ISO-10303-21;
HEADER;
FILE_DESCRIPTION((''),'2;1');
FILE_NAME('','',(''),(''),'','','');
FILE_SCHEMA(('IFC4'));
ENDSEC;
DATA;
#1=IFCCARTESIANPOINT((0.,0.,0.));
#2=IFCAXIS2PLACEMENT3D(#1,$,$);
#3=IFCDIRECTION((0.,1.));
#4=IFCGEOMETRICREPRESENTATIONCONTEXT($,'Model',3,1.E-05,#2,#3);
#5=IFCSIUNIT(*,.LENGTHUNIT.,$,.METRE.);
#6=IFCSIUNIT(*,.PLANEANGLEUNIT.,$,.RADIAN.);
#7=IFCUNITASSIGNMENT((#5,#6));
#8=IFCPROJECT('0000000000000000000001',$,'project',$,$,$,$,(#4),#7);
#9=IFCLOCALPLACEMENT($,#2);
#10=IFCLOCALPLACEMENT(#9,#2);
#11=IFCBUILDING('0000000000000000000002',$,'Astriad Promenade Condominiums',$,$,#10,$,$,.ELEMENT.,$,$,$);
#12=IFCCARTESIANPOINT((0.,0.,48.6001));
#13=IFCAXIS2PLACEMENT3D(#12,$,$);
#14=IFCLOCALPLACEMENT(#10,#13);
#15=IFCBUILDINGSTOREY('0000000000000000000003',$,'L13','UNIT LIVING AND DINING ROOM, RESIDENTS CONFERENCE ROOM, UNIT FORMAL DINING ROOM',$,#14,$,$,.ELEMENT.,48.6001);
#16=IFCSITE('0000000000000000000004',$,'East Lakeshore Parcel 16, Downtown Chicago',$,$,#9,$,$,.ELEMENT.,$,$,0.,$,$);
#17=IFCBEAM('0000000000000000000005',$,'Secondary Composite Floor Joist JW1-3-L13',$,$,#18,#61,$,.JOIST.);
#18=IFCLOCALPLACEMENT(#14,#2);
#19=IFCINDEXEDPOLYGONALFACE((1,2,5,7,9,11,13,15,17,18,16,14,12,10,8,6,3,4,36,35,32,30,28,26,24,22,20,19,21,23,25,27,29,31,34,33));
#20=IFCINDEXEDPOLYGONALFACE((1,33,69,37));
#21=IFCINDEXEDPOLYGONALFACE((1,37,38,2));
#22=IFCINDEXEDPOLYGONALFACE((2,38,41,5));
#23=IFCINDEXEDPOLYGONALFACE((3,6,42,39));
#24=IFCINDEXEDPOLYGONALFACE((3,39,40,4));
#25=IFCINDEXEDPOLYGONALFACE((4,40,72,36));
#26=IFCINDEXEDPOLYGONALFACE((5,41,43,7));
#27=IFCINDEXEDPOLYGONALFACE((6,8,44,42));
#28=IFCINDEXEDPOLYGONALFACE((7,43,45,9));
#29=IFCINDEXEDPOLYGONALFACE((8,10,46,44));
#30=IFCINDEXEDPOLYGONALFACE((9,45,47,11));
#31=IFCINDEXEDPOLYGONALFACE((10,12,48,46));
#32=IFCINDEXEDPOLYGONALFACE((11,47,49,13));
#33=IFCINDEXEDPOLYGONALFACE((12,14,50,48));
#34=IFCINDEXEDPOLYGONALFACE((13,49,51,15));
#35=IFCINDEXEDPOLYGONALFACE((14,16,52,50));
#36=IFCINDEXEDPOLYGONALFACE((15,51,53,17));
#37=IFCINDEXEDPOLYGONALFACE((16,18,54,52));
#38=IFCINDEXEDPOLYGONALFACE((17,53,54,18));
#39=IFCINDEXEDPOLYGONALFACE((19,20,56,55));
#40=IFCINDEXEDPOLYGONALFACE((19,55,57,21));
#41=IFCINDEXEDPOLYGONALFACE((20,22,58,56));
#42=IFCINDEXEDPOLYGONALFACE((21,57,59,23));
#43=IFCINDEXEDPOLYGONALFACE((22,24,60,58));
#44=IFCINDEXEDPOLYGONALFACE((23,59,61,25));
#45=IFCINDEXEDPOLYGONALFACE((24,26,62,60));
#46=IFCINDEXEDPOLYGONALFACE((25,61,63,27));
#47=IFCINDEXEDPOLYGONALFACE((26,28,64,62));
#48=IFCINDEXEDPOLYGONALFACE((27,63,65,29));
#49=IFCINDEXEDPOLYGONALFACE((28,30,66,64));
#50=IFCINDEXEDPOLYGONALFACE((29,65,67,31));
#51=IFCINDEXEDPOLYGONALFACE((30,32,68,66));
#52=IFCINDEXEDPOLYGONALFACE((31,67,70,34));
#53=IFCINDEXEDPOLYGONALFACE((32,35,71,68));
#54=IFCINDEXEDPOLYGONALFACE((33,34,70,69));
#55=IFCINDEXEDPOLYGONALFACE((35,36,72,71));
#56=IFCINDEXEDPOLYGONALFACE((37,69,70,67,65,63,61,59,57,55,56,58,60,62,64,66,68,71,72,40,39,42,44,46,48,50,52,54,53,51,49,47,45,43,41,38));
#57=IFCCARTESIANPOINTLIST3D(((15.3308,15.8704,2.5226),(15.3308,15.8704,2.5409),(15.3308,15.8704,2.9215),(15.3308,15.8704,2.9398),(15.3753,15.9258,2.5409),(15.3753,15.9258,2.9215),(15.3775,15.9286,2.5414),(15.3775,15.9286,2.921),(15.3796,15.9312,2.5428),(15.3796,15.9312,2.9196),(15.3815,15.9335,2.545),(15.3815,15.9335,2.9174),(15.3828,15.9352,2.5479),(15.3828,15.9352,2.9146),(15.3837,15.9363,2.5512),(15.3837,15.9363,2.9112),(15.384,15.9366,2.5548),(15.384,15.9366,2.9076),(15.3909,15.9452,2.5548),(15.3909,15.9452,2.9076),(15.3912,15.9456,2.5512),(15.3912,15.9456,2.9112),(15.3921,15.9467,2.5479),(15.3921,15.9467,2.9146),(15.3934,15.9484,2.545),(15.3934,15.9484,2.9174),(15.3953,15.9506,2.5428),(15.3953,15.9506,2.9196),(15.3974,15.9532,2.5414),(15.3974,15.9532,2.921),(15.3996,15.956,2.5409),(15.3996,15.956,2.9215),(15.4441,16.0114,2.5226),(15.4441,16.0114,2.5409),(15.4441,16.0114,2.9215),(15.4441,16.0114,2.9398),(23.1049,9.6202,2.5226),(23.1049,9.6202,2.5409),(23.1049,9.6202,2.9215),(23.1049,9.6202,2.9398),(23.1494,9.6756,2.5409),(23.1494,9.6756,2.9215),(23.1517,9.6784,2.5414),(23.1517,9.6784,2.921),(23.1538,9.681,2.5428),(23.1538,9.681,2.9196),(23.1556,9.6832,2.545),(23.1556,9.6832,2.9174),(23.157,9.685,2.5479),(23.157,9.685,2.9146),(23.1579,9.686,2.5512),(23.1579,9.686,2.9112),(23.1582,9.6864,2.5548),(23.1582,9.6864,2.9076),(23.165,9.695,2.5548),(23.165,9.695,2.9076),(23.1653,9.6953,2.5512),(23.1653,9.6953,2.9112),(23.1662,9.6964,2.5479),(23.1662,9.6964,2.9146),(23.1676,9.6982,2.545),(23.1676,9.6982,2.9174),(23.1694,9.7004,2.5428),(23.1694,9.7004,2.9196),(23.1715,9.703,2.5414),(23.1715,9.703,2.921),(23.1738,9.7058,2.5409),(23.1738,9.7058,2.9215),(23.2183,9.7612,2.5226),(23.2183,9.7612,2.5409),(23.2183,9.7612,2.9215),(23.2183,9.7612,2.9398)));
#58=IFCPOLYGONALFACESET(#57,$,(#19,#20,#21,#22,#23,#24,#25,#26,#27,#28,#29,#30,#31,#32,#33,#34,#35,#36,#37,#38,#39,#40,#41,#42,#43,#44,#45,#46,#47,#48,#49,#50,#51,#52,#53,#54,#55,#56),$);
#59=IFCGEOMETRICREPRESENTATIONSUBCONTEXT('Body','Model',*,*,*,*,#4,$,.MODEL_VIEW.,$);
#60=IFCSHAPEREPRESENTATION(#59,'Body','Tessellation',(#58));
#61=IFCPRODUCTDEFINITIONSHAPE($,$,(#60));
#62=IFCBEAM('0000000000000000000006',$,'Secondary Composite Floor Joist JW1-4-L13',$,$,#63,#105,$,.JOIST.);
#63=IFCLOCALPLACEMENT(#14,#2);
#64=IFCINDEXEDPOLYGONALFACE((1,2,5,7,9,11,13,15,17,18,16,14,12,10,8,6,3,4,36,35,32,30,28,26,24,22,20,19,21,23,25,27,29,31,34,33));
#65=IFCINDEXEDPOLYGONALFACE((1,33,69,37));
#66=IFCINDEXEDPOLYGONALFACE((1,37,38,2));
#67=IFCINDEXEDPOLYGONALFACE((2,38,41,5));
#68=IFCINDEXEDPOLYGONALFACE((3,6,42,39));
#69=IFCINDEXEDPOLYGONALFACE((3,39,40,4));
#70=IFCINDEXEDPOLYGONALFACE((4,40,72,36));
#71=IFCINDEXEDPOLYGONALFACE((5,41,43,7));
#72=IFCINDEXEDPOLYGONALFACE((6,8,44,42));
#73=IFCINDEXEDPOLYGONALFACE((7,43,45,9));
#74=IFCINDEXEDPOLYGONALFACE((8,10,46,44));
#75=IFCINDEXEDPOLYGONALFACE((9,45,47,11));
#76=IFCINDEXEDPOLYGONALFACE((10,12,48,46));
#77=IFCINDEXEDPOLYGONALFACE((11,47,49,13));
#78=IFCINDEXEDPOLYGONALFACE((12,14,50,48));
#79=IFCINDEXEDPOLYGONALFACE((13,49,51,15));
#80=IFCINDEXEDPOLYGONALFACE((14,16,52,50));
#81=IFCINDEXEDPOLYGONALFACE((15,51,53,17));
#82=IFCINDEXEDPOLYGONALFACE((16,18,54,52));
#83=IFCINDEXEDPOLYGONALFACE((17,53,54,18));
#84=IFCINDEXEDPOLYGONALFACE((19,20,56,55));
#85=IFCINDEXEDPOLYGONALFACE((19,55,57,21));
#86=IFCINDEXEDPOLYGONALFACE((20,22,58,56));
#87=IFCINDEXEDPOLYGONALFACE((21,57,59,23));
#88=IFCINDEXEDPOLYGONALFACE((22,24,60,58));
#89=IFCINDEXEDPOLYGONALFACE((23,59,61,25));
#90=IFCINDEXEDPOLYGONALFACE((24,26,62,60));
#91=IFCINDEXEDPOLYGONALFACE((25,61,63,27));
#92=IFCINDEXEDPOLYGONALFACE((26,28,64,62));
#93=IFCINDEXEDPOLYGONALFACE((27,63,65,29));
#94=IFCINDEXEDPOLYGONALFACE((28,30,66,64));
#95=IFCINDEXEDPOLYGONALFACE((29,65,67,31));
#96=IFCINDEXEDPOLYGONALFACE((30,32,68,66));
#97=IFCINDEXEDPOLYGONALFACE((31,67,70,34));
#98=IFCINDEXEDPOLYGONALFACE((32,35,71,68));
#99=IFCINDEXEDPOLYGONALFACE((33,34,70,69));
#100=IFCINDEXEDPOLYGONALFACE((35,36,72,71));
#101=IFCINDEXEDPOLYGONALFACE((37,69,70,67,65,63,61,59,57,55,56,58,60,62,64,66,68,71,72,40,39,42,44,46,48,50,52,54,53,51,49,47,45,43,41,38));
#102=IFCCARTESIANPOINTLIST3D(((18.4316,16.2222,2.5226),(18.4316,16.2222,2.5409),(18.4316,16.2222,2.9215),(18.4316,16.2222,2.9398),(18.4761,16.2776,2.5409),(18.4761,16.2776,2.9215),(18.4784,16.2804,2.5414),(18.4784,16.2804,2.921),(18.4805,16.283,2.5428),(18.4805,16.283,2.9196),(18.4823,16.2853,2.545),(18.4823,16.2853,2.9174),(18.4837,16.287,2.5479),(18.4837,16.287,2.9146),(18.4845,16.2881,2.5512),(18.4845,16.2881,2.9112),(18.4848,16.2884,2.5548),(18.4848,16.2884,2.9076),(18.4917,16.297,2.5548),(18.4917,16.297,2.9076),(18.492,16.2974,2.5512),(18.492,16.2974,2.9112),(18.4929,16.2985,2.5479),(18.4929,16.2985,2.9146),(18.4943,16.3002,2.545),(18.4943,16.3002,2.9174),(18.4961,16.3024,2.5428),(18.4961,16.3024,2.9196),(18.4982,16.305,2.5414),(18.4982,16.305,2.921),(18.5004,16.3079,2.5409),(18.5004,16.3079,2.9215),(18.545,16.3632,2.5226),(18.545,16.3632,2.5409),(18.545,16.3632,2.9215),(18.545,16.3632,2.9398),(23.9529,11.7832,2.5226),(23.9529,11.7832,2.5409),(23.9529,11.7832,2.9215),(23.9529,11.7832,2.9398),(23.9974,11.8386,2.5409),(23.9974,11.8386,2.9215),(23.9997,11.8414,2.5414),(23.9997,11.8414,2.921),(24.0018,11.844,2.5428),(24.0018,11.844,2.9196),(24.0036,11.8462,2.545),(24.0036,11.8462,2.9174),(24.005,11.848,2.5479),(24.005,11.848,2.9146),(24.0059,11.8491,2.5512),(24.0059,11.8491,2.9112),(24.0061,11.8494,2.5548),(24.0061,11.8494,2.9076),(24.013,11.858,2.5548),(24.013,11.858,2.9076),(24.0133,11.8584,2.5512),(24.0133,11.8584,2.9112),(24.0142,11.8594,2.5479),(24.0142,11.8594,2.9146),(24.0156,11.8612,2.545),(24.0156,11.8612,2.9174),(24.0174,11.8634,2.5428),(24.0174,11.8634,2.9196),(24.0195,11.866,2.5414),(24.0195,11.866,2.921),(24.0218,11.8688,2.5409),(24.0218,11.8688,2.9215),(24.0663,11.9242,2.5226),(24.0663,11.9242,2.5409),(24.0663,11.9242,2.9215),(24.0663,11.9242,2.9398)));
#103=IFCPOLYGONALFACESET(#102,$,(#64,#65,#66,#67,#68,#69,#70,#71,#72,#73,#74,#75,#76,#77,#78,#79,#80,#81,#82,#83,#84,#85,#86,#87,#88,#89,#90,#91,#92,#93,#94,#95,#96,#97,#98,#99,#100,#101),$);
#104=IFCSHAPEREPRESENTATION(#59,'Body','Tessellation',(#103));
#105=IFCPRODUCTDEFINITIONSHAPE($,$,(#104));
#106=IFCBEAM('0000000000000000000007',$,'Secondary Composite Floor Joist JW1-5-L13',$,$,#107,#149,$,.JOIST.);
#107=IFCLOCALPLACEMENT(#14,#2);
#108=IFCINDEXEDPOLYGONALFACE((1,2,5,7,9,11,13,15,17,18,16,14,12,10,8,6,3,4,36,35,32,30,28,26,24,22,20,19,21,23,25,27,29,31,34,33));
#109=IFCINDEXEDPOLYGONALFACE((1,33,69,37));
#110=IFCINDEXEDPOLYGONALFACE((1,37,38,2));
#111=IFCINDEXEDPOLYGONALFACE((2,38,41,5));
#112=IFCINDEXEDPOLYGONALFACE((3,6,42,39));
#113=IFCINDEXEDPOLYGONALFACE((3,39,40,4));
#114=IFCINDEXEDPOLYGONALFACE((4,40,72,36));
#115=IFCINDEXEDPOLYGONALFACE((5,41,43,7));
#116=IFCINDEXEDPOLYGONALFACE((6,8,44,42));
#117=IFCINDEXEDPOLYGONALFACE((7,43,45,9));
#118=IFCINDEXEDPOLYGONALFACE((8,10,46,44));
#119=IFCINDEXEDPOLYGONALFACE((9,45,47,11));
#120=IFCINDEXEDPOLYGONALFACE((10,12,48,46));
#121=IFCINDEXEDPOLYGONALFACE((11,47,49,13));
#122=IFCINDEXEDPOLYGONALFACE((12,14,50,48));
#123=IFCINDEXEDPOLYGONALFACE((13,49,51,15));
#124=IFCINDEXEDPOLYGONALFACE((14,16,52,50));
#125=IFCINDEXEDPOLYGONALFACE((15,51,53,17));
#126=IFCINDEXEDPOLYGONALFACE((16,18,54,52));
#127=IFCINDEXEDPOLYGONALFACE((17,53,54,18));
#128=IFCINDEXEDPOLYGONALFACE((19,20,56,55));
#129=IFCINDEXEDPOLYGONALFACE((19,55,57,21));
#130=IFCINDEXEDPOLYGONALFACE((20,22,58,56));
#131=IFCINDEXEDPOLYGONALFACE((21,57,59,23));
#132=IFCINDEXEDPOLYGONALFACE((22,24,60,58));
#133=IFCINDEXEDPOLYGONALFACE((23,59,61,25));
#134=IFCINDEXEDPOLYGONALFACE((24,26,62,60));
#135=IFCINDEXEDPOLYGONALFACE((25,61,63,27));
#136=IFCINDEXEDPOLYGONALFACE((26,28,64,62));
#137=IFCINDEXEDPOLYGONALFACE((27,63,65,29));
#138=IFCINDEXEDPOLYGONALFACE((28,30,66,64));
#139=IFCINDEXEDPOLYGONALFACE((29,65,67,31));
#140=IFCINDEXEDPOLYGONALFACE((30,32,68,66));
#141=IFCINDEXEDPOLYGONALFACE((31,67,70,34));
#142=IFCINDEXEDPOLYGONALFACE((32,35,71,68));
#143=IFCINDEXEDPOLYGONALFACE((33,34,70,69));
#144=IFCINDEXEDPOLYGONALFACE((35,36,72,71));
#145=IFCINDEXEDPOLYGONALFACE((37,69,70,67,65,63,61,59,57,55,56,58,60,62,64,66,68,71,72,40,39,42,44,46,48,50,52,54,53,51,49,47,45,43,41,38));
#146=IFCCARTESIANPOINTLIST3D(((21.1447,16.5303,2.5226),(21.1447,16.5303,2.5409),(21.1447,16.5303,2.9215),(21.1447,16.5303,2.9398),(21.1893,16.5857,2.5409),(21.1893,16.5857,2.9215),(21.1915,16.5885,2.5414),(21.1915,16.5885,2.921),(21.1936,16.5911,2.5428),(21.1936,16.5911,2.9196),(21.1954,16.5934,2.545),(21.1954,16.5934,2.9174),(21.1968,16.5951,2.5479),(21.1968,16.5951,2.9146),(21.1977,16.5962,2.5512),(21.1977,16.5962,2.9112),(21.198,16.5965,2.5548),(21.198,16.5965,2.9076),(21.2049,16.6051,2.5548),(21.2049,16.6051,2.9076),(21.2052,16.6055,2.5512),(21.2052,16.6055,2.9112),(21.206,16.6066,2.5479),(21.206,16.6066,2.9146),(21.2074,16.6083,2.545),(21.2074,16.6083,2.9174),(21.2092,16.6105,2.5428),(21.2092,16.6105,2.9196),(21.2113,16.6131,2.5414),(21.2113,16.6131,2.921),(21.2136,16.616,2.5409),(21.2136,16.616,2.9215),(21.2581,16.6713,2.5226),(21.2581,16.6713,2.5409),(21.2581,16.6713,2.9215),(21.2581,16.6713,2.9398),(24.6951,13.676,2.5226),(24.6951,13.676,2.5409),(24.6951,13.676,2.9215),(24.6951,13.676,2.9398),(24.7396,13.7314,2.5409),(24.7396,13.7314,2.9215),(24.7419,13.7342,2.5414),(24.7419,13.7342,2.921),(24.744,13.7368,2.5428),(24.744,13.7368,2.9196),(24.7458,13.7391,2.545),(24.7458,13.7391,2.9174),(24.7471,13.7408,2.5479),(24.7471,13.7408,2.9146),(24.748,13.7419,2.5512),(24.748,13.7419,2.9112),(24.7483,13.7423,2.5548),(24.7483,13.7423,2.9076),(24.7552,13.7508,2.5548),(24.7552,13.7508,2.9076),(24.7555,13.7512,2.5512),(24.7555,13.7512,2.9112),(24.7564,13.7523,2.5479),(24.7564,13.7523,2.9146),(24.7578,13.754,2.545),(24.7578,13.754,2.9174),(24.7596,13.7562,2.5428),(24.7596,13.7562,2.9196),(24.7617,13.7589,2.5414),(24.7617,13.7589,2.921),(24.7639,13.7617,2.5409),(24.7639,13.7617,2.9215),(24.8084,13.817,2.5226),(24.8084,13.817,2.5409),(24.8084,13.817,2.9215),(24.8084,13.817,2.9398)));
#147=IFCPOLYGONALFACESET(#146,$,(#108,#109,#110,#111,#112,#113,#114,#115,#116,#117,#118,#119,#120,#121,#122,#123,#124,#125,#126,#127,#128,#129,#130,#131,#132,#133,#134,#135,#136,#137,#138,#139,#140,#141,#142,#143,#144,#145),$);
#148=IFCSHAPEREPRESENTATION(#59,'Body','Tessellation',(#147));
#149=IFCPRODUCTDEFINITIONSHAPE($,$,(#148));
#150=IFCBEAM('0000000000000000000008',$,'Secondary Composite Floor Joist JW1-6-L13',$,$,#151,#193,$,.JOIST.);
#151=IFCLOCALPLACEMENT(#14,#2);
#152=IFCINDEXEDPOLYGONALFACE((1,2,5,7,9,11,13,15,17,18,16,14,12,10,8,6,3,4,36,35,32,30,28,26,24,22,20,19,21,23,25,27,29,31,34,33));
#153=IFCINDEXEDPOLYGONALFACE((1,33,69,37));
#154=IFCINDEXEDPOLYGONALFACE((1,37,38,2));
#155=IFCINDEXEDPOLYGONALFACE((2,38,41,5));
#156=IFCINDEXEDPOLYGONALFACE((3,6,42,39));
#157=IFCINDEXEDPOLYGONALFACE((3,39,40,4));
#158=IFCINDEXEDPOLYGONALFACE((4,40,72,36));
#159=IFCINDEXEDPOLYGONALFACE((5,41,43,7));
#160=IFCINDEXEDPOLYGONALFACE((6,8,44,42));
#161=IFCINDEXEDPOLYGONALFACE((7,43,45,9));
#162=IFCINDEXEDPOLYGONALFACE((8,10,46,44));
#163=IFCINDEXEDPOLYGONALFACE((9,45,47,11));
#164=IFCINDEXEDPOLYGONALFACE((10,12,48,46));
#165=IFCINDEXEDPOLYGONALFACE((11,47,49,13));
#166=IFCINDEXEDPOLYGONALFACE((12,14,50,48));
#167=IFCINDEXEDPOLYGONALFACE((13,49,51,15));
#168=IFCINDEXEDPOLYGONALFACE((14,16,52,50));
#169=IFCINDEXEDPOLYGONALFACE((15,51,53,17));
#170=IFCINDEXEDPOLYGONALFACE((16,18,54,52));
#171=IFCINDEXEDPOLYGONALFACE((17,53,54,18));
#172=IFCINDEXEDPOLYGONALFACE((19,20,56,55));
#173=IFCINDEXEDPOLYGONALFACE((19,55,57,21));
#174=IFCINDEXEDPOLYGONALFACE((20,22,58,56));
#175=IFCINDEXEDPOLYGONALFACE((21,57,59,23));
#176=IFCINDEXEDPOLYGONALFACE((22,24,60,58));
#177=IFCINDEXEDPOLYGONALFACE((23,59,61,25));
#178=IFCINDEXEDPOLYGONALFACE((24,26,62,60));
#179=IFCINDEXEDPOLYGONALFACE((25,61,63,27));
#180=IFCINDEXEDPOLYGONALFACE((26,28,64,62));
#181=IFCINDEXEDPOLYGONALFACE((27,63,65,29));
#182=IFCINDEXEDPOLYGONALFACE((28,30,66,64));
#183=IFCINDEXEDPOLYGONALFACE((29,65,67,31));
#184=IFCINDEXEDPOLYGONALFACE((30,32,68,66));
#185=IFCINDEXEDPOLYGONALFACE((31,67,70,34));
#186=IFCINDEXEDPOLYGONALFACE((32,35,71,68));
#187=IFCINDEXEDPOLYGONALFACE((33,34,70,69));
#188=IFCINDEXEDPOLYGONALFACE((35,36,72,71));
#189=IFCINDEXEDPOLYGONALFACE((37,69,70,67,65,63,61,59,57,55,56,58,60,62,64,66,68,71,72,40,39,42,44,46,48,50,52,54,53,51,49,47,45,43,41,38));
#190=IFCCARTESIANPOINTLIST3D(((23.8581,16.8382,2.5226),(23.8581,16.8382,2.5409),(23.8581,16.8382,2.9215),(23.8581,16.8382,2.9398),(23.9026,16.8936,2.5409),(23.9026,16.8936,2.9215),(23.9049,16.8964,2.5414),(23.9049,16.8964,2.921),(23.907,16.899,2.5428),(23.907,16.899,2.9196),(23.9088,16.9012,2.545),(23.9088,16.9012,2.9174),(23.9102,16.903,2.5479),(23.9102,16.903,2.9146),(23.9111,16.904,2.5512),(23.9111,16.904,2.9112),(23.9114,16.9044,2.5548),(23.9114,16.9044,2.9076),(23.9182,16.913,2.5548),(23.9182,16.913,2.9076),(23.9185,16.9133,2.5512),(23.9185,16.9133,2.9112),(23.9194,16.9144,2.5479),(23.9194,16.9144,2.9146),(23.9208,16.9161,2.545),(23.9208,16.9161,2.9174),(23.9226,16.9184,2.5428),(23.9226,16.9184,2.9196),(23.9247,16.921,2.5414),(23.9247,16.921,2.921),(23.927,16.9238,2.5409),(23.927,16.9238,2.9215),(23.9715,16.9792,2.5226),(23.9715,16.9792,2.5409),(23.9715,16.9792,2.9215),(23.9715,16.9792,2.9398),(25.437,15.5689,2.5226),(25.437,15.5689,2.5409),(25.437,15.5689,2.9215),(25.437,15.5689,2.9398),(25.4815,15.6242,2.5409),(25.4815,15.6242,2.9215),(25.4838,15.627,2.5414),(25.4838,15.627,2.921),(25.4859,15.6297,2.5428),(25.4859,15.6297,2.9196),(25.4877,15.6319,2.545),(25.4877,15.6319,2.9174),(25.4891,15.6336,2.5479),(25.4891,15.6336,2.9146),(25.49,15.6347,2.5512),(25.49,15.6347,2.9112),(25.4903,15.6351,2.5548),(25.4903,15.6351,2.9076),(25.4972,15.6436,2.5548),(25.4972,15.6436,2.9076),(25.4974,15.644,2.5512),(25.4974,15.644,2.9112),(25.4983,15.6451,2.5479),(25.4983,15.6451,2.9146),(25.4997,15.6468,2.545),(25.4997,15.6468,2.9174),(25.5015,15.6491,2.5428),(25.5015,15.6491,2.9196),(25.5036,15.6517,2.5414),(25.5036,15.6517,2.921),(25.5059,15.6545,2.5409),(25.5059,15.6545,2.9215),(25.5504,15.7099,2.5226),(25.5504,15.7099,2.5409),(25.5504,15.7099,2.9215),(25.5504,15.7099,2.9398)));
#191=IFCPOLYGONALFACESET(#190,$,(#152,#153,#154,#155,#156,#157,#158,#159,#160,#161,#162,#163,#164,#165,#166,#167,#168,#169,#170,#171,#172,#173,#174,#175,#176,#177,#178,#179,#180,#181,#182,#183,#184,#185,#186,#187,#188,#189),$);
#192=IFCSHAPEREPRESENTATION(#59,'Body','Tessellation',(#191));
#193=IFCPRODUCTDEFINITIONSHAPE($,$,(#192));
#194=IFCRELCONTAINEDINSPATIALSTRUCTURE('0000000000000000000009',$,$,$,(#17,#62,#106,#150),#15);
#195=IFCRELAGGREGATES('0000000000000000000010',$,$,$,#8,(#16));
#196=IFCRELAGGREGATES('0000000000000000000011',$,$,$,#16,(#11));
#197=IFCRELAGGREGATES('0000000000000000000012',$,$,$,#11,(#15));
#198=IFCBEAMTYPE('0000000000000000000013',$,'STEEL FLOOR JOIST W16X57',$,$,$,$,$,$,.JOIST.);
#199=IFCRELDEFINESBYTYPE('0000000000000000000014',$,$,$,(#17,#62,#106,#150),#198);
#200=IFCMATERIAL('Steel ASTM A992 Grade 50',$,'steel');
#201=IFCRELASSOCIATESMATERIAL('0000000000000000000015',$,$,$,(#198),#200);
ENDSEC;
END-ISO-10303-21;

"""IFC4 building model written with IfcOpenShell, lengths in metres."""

from ifc_helpers import new_model, si_unit, direction, frame, origin, origin_2d, place, context, subcontext, project, spatial, i_section, extrude, source, transform, mapped, material, material_profile, profile_set, type_object, type_shapes, element, save


model = new_model("IFC4")

# Units and contexts
model_context = context("Model", 3, precision=1e-05, world=origin(), true_north=direction((0.0, 1.0)))
body_context = subcontext(model_context, "Body", "Model", "MODEL_VIEW")
ifc_project = project(units=[si_unit("LENGTHUNIT", "METRE"), si_unit("PLANEANGLEUNIT", "RADIAN")], contexts=[model_context])

# Site, building, storey
site_placement = place(None, origin())
site = spatial("IfcSite", under=ifc_project, at=site_placement, Name="East Lakeshore Parcel 16, Downtown Chicago", CompositionType="ELEMENT", RefElevation=0.0)
building_placement = place(site_placement, origin())
building = spatial("IfcBuilding", under=site, at=building_placement, Name="Astriad Promenade Condominiums", CompositionType="ELEMENT")
storey_placement = place(building_placement, frame((0.0, 0.0, 48.6001)))
storey = spatial("IfcBuildingStorey", under=building, at=storey_placement, Name="L13", Description="UNIT LIVING AND DINING ROOM, RESIDENTS CONFERENCE ROOM, UNIT FORMAL DINING ROOM", CompositionType="ELEMENT", Elevation=48.6001)

# Beams
ifc_material_1 = material(Name="Steel ASTM A992 Grade 50", Category="steel")
ifc_material_profile = material_profile(ifc_material_1, i_section(OverallWidth=0.1809, OverallDepth=0.4172, WebThickness=0.011, FlangeThickness=0.0183, FilletRadius=0.0139, at=origin_2d()), Name="W16X57")
ifc_profile_set = profile_set([ifc_material_profile], Name="Steel ASTM A992 Grade 50")
beam_type = type_object("IfcBeamType", Name="STEEL FLOOR JOIST W16X57", PredefinedType="JOIST", material=ifc_profile_set)
shared_shape_1 = source(origin(), body_context, "Body", "SweptSolid", [
    extrude(i_section(OverallWidth=0.1809, OverallDepth=0.4172, WebThickness=0.011, FlangeThickness=0.0183, FilletRadius=0.0139, at=origin_2d()), origin(), (0.0, 0.0, 1.0), 9.9751),
])
beam_1_placement = place(storey_placement, frame((15.3875, 15.9409, 2.7312), z_axis=(0.779355, -0.626583, 0.0), x_axis=(0.626583, 0.779355, 0.0)))
element("IfcBeam", 1, at=beam_1_placement, inside=storey, type_object=beam_type, Name="Secondary Composite Floor Joist JW1-3-L13", PredefinedType="JOIST", context=body_context, shape_type="MappedRepresentation", body=[
    mapped(shared_shape_1, transform((0.0, 0.0, 0.0), scale=1.0)),
])
shared_shape_2 = source(origin(), body_context, "Body", "SweptSolid", [
    extrude(i_section(OverallWidth=0.1809, OverallDepth=0.4172, WebThickness=0.011, FlangeThickness=0.0183, FilletRadius=0.0139, at=origin_2d()), origin(), (0.0, 0.0, 1.0), 7.0845),
])
beam_2_placement = place(storey_placement, frame((18.4883, 16.2927, 2.7312), z_axis=(0.779354, -0.626584, 0.0), x_axis=(0.626584, 0.779354, 0.0)))
element("IfcBeam", 2, at=beam_2_placement, inside=storey, type_object=beam_type, Name="Secondary Composite Floor Joist JW1-4-L13", PredefinedType="JOIST", context=body_context, shape_type="MappedRepresentation", body=[
    mapped(shared_shape_2, transform((0.0, 0.0, 0.0), scale=1.0)),
])
shared_shape_3 = source(origin(), body_context, "Body", "SweptSolid", [
    extrude(i_section(OverallWidth=0.1809, OverallDepth=0.4172, WebThickness=0.011, FlangeThickness=0.0183, FilletRadius=0.0139, at=origin_2d()), origin(), (0.0, 0.0, 1.0), 4.5554),
])
beam_3_placement = place(storey_placement, frame((21.2014, 16.6008, 2.7312), z_axis=(0.779366, -0.626569, 0.0), x_axis=(0.626569, 0.779366, 0.0)))
element("IfcBeam", 3, at=beam_3_placement, inside=storey, type_object=beam_type, Name="Secondary Composite Floor Joist JW1-5-L13", PredefinedType="JOIST", context=body_context, shape_type="MappedRepresentation", body=[
    mapped(shared_shape_3, transform((0.0, 0.0, 0.0), scale=1.0)),
])
shared_shape_4 = source(origin(), body_context, "Body", "SweptSolid", [
    extrude(i_section(OverallWidth=0.1809, OverallDepth=0.4172, WebThickness=0.011, FlangeThickness=0.0183, FilletRadius=0.0139, at=origin_2d()), origin(), (0.0, 0.0, 1.0), 2.0259),
])
type_shapes(beam_type, [shared_shape_1, shared_shape_2, shared_shape_3, shared_shape_4])
beam_4_placement = place(storey_placement, frame((23.9148, 16.9087, 2.7312), z_axis=(0.779373, -0.62656, 0.0), x_axis=(0.62656, 0.779373, 0.0)))
element("IfcBeam", 4, at=beam_4_placement, inside=storey, type_object=beam_type, Name="Secondary Composite Floor Joist JW1-6-L13", PredefinedType="JOIST", context=body_context, shape_type="MappedRepresentation", body=[
    mapped(shared_shape_4, transform((0.0, 0.0, 0.0), scale=1.0)),
])

save(model, "model.ifc")
